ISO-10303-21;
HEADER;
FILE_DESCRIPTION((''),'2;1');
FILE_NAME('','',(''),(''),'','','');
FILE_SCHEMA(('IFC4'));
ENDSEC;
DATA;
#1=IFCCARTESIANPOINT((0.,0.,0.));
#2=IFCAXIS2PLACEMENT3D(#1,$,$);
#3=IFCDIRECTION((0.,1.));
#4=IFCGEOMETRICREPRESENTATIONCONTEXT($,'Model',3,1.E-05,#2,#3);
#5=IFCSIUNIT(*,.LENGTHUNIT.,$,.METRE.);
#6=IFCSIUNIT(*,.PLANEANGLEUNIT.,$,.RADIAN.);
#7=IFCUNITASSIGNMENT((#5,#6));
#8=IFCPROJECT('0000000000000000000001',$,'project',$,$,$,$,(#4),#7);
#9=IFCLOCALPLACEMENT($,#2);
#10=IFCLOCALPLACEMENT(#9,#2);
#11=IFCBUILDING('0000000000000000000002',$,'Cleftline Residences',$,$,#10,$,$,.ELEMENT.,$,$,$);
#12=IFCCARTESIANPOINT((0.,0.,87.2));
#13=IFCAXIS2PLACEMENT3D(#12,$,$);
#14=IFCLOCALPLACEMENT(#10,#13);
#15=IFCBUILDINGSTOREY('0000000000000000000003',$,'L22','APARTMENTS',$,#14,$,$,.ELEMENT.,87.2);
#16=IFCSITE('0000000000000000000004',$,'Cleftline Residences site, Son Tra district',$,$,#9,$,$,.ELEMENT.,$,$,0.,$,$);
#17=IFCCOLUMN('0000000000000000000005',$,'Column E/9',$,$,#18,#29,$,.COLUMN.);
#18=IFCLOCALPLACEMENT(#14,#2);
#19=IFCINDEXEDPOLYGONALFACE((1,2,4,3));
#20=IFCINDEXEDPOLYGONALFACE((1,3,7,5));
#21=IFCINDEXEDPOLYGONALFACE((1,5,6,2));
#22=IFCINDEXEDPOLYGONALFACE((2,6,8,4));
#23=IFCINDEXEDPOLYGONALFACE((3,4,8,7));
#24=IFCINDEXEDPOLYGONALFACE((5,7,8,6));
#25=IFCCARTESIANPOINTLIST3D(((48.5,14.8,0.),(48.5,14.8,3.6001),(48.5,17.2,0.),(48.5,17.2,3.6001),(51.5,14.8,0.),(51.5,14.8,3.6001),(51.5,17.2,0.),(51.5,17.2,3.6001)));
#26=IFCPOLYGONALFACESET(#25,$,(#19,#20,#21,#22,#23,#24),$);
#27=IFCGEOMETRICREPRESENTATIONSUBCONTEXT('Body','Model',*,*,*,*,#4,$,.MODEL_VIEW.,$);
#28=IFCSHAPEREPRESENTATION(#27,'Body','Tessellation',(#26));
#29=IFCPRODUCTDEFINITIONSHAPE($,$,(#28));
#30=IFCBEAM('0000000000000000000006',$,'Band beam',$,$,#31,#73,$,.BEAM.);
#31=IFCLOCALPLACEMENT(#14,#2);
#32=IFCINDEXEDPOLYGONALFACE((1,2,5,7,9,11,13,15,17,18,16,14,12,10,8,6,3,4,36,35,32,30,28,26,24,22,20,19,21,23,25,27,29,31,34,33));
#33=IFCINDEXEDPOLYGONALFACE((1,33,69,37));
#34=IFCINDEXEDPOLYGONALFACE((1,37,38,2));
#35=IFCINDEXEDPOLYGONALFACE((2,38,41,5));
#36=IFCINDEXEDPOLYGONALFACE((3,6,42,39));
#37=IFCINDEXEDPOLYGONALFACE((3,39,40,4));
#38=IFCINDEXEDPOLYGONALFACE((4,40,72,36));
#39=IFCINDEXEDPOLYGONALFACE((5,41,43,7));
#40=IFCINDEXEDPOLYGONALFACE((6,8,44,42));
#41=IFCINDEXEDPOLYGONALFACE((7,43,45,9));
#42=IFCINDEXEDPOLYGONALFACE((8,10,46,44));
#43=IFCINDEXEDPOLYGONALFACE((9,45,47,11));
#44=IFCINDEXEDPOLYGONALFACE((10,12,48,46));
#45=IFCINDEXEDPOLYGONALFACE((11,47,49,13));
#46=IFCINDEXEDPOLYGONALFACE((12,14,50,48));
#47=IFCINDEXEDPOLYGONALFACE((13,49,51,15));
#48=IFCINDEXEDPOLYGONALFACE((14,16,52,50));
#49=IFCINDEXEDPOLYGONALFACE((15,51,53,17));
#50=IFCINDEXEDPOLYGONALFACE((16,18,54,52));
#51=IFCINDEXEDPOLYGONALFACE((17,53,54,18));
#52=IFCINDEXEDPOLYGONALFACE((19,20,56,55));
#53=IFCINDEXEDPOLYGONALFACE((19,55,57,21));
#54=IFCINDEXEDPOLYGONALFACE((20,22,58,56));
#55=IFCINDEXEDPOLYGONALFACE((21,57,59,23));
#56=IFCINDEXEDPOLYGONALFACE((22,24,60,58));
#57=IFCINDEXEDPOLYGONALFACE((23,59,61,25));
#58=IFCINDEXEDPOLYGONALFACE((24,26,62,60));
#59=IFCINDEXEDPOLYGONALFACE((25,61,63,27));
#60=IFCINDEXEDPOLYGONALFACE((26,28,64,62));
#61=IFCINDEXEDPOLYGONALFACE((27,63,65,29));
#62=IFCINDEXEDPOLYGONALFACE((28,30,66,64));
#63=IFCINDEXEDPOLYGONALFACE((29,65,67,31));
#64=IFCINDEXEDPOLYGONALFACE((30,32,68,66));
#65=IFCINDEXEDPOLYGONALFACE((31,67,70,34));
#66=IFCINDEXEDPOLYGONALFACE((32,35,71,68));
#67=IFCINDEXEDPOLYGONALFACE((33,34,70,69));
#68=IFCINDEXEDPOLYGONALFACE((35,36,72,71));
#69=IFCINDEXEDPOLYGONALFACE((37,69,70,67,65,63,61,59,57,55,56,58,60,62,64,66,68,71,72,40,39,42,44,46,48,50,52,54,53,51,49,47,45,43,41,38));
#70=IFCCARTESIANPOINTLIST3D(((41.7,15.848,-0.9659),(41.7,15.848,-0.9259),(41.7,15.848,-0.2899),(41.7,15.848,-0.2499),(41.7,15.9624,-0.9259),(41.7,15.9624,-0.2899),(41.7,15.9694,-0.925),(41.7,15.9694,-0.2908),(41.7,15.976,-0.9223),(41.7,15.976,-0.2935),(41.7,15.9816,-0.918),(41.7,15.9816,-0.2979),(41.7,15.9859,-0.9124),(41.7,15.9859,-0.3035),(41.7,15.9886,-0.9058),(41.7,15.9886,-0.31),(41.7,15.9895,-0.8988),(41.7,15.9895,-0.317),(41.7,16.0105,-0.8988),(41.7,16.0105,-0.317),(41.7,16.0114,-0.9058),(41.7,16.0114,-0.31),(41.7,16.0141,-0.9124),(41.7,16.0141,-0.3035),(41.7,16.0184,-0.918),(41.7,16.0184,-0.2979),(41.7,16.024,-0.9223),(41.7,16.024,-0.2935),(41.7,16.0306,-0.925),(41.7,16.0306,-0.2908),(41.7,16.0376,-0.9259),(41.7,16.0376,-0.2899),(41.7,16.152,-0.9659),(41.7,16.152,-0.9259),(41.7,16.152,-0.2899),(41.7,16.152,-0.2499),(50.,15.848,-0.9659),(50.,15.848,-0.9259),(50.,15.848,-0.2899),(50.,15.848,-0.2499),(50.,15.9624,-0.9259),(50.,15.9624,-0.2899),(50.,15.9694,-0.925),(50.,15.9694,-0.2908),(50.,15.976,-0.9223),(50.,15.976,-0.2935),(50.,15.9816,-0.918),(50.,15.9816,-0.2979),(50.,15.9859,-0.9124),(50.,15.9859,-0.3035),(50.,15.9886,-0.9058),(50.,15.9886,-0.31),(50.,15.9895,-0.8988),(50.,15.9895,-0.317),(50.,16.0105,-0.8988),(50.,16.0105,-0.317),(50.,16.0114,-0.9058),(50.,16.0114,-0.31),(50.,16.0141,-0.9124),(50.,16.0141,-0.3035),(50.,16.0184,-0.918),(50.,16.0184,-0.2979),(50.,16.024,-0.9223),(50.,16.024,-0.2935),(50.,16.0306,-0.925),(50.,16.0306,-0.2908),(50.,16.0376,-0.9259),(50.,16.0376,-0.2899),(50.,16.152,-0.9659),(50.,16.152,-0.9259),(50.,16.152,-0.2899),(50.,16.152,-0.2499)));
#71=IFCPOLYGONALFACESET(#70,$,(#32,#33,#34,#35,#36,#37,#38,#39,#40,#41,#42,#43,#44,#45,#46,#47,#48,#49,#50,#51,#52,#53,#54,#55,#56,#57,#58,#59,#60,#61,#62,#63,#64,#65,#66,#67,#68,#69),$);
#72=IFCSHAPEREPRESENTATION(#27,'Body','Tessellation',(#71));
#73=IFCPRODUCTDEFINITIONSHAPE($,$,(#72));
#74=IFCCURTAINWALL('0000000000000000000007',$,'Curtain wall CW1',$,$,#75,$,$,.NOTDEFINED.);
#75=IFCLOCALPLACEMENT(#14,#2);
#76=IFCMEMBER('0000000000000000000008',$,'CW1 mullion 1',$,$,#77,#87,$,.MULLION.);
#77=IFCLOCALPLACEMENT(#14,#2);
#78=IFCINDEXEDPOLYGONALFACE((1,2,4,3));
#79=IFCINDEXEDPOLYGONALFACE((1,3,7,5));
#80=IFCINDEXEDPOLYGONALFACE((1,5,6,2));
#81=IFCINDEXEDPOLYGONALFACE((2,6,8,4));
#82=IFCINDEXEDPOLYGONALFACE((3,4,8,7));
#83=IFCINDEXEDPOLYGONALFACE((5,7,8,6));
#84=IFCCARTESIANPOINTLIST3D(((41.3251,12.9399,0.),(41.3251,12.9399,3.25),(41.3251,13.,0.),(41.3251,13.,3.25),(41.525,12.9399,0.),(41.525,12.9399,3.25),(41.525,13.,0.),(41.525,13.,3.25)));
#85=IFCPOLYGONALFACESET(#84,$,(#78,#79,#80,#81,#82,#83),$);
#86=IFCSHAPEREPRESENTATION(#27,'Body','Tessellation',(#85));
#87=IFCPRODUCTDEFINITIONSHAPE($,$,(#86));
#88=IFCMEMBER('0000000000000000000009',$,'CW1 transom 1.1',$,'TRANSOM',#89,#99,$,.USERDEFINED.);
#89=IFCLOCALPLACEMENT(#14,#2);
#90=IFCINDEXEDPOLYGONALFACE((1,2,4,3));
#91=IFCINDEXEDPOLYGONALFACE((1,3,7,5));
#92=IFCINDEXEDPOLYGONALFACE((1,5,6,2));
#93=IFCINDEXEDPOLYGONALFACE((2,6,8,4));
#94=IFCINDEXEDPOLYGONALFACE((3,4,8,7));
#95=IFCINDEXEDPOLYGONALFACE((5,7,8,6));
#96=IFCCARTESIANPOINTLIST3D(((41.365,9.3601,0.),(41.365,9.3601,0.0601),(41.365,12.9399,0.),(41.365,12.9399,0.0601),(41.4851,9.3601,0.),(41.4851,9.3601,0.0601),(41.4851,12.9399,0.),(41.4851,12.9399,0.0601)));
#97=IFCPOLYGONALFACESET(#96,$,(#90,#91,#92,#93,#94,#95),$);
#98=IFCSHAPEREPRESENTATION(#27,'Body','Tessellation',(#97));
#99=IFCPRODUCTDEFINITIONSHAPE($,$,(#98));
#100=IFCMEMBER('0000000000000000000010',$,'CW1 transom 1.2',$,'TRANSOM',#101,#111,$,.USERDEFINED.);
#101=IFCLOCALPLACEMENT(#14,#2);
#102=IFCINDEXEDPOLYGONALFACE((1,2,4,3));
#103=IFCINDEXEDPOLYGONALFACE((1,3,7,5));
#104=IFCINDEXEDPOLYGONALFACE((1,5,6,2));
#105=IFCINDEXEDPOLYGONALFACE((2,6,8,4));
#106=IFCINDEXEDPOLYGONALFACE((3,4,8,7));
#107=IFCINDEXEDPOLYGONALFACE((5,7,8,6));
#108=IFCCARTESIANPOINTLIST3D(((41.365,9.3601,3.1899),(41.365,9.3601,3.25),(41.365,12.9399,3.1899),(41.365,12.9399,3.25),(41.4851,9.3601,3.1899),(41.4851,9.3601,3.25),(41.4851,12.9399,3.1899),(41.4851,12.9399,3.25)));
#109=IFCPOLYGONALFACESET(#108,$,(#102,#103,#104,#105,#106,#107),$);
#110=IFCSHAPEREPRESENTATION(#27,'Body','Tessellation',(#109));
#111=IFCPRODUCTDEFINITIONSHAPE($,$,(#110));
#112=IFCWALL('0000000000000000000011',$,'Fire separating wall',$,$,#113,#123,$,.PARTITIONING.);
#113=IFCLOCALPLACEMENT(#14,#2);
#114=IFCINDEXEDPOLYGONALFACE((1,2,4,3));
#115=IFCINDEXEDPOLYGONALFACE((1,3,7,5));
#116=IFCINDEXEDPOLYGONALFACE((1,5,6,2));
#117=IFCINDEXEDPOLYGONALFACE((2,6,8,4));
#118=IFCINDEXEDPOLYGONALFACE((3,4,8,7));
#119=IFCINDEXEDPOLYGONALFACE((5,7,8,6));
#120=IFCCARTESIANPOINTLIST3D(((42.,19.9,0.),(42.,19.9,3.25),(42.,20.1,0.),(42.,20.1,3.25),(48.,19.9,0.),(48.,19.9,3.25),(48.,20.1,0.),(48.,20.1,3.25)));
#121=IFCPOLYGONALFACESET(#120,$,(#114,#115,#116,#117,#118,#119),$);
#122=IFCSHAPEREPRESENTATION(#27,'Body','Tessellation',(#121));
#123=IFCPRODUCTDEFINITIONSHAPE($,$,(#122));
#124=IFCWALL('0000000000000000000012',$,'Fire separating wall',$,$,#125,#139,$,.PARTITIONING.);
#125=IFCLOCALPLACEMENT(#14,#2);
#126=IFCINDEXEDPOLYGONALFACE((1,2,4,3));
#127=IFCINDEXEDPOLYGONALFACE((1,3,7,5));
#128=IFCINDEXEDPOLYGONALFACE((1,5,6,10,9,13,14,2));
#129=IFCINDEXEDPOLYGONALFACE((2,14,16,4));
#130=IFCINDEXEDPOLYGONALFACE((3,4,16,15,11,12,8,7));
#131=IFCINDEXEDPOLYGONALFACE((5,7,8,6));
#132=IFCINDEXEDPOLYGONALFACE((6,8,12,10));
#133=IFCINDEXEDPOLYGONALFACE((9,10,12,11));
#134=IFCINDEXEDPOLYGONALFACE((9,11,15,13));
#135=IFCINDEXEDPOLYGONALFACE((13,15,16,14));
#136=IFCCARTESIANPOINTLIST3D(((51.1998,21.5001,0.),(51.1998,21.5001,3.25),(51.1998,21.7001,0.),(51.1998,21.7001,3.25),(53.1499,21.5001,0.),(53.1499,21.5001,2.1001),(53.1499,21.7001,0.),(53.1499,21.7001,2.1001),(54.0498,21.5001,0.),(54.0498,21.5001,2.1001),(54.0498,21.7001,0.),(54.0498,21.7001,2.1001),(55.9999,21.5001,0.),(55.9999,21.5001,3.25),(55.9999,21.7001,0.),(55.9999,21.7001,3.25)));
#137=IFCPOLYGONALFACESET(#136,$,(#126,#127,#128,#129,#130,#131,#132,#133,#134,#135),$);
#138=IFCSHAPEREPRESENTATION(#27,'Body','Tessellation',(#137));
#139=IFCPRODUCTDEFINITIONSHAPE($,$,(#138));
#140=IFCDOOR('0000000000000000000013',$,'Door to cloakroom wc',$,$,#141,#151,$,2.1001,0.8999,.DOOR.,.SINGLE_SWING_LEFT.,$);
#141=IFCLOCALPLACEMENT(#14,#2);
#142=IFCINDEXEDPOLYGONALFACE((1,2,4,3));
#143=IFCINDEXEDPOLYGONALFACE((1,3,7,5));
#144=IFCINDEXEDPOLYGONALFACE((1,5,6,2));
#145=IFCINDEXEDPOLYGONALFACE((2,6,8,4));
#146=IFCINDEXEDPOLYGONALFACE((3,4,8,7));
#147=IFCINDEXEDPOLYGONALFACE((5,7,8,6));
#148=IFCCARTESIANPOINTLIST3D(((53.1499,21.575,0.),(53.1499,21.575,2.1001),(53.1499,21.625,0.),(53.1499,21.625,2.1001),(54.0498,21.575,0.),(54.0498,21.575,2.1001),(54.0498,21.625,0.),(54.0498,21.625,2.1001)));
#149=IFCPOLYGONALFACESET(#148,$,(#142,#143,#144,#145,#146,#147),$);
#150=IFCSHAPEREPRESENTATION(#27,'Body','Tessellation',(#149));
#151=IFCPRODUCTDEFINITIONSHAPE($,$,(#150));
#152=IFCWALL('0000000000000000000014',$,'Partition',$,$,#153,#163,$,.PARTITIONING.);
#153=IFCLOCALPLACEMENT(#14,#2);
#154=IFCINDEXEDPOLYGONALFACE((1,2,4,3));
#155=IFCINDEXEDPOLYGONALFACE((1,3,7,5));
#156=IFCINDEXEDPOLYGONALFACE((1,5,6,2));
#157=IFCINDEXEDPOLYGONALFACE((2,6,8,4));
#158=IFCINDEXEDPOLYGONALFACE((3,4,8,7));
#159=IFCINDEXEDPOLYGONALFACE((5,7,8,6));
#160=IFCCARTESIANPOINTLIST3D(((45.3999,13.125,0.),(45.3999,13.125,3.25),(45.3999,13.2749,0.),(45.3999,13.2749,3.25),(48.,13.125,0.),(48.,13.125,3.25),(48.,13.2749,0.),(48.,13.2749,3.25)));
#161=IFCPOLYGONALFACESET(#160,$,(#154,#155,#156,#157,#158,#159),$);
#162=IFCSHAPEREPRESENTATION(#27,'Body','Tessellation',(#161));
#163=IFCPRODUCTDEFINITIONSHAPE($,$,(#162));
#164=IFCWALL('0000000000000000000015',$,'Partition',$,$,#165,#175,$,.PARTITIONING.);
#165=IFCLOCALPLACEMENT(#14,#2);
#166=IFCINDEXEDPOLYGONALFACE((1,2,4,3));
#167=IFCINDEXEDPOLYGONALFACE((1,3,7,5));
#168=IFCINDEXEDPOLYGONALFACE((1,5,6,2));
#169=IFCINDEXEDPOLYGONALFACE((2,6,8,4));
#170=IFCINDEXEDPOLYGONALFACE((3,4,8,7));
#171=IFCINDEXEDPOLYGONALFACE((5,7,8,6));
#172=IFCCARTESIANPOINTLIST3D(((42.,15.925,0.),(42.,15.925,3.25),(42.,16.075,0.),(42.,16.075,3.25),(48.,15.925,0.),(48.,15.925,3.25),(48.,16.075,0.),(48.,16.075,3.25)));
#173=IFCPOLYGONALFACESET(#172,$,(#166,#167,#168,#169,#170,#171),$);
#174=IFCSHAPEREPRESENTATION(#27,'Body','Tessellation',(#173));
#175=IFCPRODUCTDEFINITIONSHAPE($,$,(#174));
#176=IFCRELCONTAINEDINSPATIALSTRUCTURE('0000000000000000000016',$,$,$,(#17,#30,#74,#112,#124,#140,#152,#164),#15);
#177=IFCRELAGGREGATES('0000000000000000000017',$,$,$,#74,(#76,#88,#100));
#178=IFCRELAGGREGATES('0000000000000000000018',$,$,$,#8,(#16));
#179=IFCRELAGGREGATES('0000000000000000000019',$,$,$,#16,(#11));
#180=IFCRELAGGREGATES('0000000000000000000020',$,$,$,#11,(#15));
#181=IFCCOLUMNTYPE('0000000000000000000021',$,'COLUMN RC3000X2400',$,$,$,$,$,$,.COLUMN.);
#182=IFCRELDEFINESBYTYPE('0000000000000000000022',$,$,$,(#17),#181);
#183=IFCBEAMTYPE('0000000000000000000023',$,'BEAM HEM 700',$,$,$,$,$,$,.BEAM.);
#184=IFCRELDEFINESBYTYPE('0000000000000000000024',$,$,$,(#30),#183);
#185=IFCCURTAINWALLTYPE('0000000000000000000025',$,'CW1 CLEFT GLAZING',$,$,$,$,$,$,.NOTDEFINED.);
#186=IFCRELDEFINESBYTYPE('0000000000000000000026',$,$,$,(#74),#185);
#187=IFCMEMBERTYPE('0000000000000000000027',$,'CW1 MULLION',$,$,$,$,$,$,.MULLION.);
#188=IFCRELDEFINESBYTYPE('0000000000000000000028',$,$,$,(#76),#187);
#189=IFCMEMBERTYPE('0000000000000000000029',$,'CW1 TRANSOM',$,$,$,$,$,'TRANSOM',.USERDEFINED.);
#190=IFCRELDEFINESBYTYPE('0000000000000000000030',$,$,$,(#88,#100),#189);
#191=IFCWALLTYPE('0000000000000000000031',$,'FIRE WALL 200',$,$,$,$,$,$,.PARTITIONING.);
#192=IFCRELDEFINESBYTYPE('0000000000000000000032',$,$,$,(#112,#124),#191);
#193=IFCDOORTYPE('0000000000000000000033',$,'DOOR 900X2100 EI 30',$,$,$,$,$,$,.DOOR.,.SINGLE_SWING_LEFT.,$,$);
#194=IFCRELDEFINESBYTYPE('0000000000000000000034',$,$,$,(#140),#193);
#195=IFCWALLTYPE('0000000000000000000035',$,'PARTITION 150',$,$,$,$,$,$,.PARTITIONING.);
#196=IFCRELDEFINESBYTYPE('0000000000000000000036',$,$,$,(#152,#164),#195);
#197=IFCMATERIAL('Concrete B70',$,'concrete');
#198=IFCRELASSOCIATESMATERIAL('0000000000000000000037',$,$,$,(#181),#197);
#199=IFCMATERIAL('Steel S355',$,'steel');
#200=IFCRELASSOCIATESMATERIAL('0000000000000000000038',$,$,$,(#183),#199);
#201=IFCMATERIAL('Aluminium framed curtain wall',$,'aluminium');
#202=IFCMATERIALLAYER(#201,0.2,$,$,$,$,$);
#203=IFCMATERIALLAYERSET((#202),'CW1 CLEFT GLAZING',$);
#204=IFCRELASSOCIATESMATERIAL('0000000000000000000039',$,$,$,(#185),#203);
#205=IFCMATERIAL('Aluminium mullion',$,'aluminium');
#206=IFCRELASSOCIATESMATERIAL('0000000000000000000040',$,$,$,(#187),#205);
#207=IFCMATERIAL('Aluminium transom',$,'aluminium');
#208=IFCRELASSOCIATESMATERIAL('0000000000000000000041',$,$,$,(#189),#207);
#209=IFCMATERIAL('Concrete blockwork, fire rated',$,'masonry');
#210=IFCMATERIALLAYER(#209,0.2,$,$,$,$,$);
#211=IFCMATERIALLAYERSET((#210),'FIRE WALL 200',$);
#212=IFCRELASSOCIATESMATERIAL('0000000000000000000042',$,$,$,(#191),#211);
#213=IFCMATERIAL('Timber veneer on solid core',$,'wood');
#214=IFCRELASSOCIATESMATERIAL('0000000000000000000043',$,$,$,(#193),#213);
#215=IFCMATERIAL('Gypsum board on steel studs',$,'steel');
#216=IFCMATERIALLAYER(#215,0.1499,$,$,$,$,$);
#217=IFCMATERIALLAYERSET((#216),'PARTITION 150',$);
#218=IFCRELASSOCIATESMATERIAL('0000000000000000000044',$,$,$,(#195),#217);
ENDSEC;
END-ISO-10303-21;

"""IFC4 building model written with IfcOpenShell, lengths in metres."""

from ifc_helpers import new_model, si_unit, direction, frame, frame_2d, origin, origin_2d, place, context, subcontext, project, spatial, rectangle, i_section, extrude, material, layer, layer_set, material_profile, profile_set, type_object, element, fill, aggregate, save


model = new_model("IFC4")

# Units and contexts
model_context = context("Model", 3, precision=1e-05, world=origin(), true_north=direction((0.0, 1.0)))
body_context = subcontext(model_context, "Body", "Model", "MODEL_VIEW")
ifc_project = project(units=[si_unit("LENGTHUNIT", "METRE"), si_unit("PLANEANGLEUNIT", "RADIAN")], contexts=[model_context])

# Site, building, storey
site_placement = place(None, origin())
site = spatial("IfcSite", under=ifc_project, at=site_placement, Name="Cleftline Residences site, Son Tra district", CompositionType="ELEMENT", RefElevation=0.0)
building_placement = place(site_placement, origin())
building = spatial("IfcBuilding", under=site, at=building_placement, Name="Cleftline Residences", CompositionType="ELEMENT")
storey_placement = place(building_placement, frame((0.0, 0.0, 87.2)))
storey = spatial("IfcBuildingStorey", under=building, at=storey_placement, Name="L22", Description="APARTMENTS", CompositionType="ELEMENT", Elevation=87.2)

# Column
ifc_material_1 = material(Name="Concrete B70", Category="concrete")
ifc_material_profile_1 = material_profile(ifc_material_1, rectangle(XDim=3.0, YDim=2.3999, at=origin_2d()))
ifc_profile_set_1 = profile_set([ifc_material_profile_1], Name="Concrete B70")
column_type = type_object("IfcColumnType", Name="COLUMN RC3000X2400", PredefinedType="COLUMN", material=ifc_profile_set_1)
column_placement = place(storey_placement, frame((50.0, 16.0, 0.0), z_axis=(0.0, 0.0, 1.0), x_axis=(1.0, 0.0, 0.0)))
element("IfcColumn", 1, at=column_placement, inside=storey, type_object=column_type, Name="Column E/9", PredefinedType="COLUMN", context=body_context, shape_type="SweptSolid", body=[
    extrude(rectangle(XDim=3.0, YDim=2.3999, at=origin_2d()), origin(), (0.0, 0.0, 1.0), 3.6001),
])

# Beam
ifc_material_2 = material(Name="Steel S355", Category="steel")
ifc_material_profile_2 = material_profile(ifc_material_2, i_section(OverallWidth=0.304, OverallDepth=0.7161, WebThickness=0.021, FlangeThickness=0.04, FilletRadius=0.0271, at=origin_2d()))
ifc_profile_set_2 = profile_set([ifc_material_profile_2], Name="Steel S355")
beam_type = type_object("IfcBeamType", Name="BEAM HEM 700", PredefinedType="BEAM", material=ifc_profile_set_2)
beam_placement = place(storey_placement, frame((50.0, 16.0, -0.6079), z_axis=(-1.0, 0.0, 0.0), x_axis=(0.0, -1.0, 0.0)))
element("IfcBeam", 2, at=beam_placement, inside=storey, type_object=beam_type, Name="Band beam", PredefinedType="BEAM", context=body_context, shape_type="SweptSolid", body=[
    extrude(i_section(OverallWidth=0.304, OverallDepth=0.7161, WebThickness=0.021, FlangeThickness=0.04, FilletRadius=0.0271, at=origin_2d()), origin(), (0.0, 0.0, 1.0), 8.3),
])

# Curtain wall, members
ifc_material_3 = material(Name="Aluminium framed curtain wall", Category="aluminium")
ifc_layer_1 = layer(ifc_material_3, 0.2)
ifc_layer_set_1 = layer_set([ifc_layer_1], Name="CW1 CLEFT GLAZING")
curtain_wall_type = type_object("IfcCurtainWallType", Name="CW1 CLEFT GLAZING", PredefinedType="NOTDEFINED", material=ifc_layer_set_1)
curtain_wall_placement = place(storey_placement, origin())
curtain_wall = element("IfcCurtainWall", 3, at=curtain_wall_placement, inside=storey, type_object=curtain_wall_type, Name="Curtain wall CW1", PredefinedType="NOTDEFINED")
ifc_material_4 = material(Name="Aluminium mullion", Category="aluminium")
ifc_material_profile_3 = material_profile(ifc_material_4, rectangle(XDim=0.2, YDim=0.0601, at=origin_2d()))
ifc_profile_set_3 = profile_set([ifc_material_profile_3], Name="Aluminium mullion")
member_type_1 = type_object("IfcMemberType", Name="CW1 MULLION", PredefinedType="MULLION", material=ifc_profile_set_3)
member_1_placement = place(storey_placement, frame((41.425, 12.97, 0.0), z_axis=(0.0, 0.0, 1.0), x_axis=(1.0, 0.0, 0.0)))
member_1 = element("IfcMember", 4, at=member_1_placement, type_object=member_type_1, Name="CW1 mullion 1", PredefinedType="MULLION", context=body_context, shape_type="SweptSolid", body=[
    extrude(rectangle(XDim=0.2, YDim=0.0601, at=origin_2d()), origin(), (0.0, 0.0, 1.0), 3.25),
])
ifc_material_5 = material(Name="Aluminium transom", Category="aluminium")
ifc_material_profile_4 = material_profile(ifc_material_5, rectangle(XDim=0.1201, YDim=0.0601, at=origin_2d()))
ifc_profile_set_4 = profile_set([ifc_material_profile_4], Name="Aluminium transom")
member_type_2 = type_object("IfcMemberType", Name="CW1 TRANSOM", ElementType="TRANSOM", PredefinedType="USERDEFINED", material=ifc_profile_set_4)
member_2_placement = place(storey_placement, frame((41.425, 12.9399, 0.03), z_axis=(0.0, -1.0, 0.0), x_axis=(1.0, 0.0, 0.0)))
member_2 = element("IfcMember", 5, at=member_2_placement, type_object=member_type_2, Name="CW1 transom 1.1", ObjectType="TRANSOM", PredefinedType="USERDEFINED", context=body_context, shape_type="SweptSolid", body=[
    extrude(rectangle(XDim=0.1201, YDim=0.0601, at=origin_2d()), origin(), (0.0, 0.0, 1.0), 3.5798),
])
member_3_placement = place(storey_placement, frame((41.425, 12.9399, 3.22), z_axis=(0.0, -1.0, 0.0), x_axis=(1.0, 0.0, 0.0)))
member_3 = element("IfcMember", 6, at=member_3_placement, type_object=member_type_2, Name="CW1 transom 1.2", ObjectType="TRANSOM", PredefinedType="USERDEFINED", context=body_context, shape_type="SweptSolid", body=[
    extrude(rectangle(XDim=0.1201, YDim=0.0601, at=origin_2d()), origin(), (0.0, 0.0, 1.0), 3.5798),
])
aggregate(curtain_wall, [member_1, member_2, member_3])

# Wall
ifc_material_6 = material(Name="Concrete blockwork, fire rated", Category="masonry")
ifc_layer_2 = layer(ifc_material_6, 0.2)
ifc_layer_set_2 = layer_set([ifc_layer_2], Name="FIRE WALL 200")
wall_type_1 = type_object("IfcWallType", Name="FIRE WALL 200", PredefinedType="PARTITIONING", material=ifc_layer_set_2)
wall_1_placement = place(storey_placement, frame((42.0, 20.0, 0.0), z_axis=(0.0, 0.0, 1.0), x_axis=(1.0, 0.0, 0.0)))
element("IfcWall", 7, at=wall_1_placement, inside=storey, type_object=wall_type_1, Name="Fire separating wall", PredefinedType="PARTITIONING", context=body_context, shape_type="SweptSolid", body=[
    extrude(rectangle(XDim=6.0, YDim=0.2, at=frame_2d((3.0, 0.0))), origin(), (0.0, 0.0, 1.0), 3.25),
])

# Wall, opening, door
wall_2_placement = place(storey_placement, frame((51.2, 21.6001, 0.0), z_axis=(0.0, 0.0, 1.0), x_axis=(1.0, 0.0, 0.0)))
wall_2 = element("IfcWall", 8, at=wall_2_placement, inside=storey, type_object=wall_type_1, Name="Fire separating wall", PredefinedType="PARTITIONING", context=body_context, shape_type="SweptSolid", body=[
    extrude(rectangle(XDim=4.8, YDim=0.2, at=frame_2d((2.3999, 0.0))), origin(), (0.0, 0.0, 1.0), 3.25),
])
opening_1_placement = place(wall_2_placement, frame((1.95, 0.0, 0.0)))
opening_1 = element("IfcOpeningElement", 9, at=opening_1_placement, cuts=wall_2, PredefinedType="OPENING", context=body_context, shape_type="SweptSolid", body=[
    extrude(rectangle(XDim=0.8999, YDim=2.1001, at=frame_2d((0.45, 1.05))), frame((0.0, 0.1099, 0.0), z_axis=(0.0, -1.0, 0.0), x_axis=(1.0, 0.0, 0.0)), (0.0, 0.0, 1.0), 0.22),
])
ifc_material_7 = material(Name="Timber veneer on solid core", Category="wood")
door_type_1 = type_object("IfcDoorType", Name="DOOR 900X2100 EI 30", OperationType="SINGLE_SWING_LEFT", PredefinedType="DOOR", material=ifc_material_7)
door_1_placement = place(opening_1_placement, origin())
door_1 = element("IfcDoor", 10, at=door_1_placement, inside=storey, type_object=door_type_1, Name="Door to cloakroom wc", OperationType="SINGLE_SWING_LEFT", OverallHeight=2.1001, OverallWidth=0.8999, PredefinedType="DOOR", context=body_context, shape_type="SweptSolid", body=[
    extrude(rectangle(XDim=0.8999, YDim=2.1001, at=frame_2d((0.45, 1.05))), frame((0.0, 0.0249, 0.0), z_axis=(0.0, -1.0, 0.0), x_axis=(1.0, 0.0, 0.0)), (0.0, 0.0, 1.0), 0.05),
])
fill(opening_1, door_1)

# Walls
ifc_material_8 = material(Name="Gypsum board on steel studs", Category="steel")
ifc_layer_3 = layer(ifc_material_8, 0.1499)
ifc_layer_set_3 = layer_set([ifc_layer_3], Name="PARTITION 150")
wall_type_2 = type_object("IfcWallType", Name="PARTITION 150", PredefinedType="PARTITIONING", material=ifc_layer_set_3)
wall_3_placement = place(storey_placement, frame((45.3999, 13.2, 0.0), z_axis=(0.0, 0.0, 1.0), x_axis=(1.0, 0.0, 0.0)))
element("IfcWall", 11, at=wall_3_placement, inside=storey, type_object=wall_type_2, Name="Partition", PredefinedType="PARTITIONING", context=body_context, shape_type="SweptSolid", body=[
    extrude(rectangle(XDim=2.6001, YDim=0.1499, at=frame_2d((1.3, 0.0))), origin(), (0.0, 0.0, 1.0), 3.25),
])
wall_4_placement = place(storey_placement, frame((42.0, 16.0, 0.0), z_axis=(0.0, 0.0, 1.0), x_axis=(1.0, 0.0, 0.0)))
element("IfcWall", 12, at=wall_4_placement, inside=storey, type_object=wall_type_2, Name="Partition", PredefinedType="PARTITIONING", context=body_context, shape_type="SweptSolid", body=[
    extrude(rectangle(XDim=6.0, YDim=0.1499, at=frame_2d((3.0, 0.0))), origin(), (0.0, 0.0, 1.0), 3.25),
])

save(model, "model.ifc")
